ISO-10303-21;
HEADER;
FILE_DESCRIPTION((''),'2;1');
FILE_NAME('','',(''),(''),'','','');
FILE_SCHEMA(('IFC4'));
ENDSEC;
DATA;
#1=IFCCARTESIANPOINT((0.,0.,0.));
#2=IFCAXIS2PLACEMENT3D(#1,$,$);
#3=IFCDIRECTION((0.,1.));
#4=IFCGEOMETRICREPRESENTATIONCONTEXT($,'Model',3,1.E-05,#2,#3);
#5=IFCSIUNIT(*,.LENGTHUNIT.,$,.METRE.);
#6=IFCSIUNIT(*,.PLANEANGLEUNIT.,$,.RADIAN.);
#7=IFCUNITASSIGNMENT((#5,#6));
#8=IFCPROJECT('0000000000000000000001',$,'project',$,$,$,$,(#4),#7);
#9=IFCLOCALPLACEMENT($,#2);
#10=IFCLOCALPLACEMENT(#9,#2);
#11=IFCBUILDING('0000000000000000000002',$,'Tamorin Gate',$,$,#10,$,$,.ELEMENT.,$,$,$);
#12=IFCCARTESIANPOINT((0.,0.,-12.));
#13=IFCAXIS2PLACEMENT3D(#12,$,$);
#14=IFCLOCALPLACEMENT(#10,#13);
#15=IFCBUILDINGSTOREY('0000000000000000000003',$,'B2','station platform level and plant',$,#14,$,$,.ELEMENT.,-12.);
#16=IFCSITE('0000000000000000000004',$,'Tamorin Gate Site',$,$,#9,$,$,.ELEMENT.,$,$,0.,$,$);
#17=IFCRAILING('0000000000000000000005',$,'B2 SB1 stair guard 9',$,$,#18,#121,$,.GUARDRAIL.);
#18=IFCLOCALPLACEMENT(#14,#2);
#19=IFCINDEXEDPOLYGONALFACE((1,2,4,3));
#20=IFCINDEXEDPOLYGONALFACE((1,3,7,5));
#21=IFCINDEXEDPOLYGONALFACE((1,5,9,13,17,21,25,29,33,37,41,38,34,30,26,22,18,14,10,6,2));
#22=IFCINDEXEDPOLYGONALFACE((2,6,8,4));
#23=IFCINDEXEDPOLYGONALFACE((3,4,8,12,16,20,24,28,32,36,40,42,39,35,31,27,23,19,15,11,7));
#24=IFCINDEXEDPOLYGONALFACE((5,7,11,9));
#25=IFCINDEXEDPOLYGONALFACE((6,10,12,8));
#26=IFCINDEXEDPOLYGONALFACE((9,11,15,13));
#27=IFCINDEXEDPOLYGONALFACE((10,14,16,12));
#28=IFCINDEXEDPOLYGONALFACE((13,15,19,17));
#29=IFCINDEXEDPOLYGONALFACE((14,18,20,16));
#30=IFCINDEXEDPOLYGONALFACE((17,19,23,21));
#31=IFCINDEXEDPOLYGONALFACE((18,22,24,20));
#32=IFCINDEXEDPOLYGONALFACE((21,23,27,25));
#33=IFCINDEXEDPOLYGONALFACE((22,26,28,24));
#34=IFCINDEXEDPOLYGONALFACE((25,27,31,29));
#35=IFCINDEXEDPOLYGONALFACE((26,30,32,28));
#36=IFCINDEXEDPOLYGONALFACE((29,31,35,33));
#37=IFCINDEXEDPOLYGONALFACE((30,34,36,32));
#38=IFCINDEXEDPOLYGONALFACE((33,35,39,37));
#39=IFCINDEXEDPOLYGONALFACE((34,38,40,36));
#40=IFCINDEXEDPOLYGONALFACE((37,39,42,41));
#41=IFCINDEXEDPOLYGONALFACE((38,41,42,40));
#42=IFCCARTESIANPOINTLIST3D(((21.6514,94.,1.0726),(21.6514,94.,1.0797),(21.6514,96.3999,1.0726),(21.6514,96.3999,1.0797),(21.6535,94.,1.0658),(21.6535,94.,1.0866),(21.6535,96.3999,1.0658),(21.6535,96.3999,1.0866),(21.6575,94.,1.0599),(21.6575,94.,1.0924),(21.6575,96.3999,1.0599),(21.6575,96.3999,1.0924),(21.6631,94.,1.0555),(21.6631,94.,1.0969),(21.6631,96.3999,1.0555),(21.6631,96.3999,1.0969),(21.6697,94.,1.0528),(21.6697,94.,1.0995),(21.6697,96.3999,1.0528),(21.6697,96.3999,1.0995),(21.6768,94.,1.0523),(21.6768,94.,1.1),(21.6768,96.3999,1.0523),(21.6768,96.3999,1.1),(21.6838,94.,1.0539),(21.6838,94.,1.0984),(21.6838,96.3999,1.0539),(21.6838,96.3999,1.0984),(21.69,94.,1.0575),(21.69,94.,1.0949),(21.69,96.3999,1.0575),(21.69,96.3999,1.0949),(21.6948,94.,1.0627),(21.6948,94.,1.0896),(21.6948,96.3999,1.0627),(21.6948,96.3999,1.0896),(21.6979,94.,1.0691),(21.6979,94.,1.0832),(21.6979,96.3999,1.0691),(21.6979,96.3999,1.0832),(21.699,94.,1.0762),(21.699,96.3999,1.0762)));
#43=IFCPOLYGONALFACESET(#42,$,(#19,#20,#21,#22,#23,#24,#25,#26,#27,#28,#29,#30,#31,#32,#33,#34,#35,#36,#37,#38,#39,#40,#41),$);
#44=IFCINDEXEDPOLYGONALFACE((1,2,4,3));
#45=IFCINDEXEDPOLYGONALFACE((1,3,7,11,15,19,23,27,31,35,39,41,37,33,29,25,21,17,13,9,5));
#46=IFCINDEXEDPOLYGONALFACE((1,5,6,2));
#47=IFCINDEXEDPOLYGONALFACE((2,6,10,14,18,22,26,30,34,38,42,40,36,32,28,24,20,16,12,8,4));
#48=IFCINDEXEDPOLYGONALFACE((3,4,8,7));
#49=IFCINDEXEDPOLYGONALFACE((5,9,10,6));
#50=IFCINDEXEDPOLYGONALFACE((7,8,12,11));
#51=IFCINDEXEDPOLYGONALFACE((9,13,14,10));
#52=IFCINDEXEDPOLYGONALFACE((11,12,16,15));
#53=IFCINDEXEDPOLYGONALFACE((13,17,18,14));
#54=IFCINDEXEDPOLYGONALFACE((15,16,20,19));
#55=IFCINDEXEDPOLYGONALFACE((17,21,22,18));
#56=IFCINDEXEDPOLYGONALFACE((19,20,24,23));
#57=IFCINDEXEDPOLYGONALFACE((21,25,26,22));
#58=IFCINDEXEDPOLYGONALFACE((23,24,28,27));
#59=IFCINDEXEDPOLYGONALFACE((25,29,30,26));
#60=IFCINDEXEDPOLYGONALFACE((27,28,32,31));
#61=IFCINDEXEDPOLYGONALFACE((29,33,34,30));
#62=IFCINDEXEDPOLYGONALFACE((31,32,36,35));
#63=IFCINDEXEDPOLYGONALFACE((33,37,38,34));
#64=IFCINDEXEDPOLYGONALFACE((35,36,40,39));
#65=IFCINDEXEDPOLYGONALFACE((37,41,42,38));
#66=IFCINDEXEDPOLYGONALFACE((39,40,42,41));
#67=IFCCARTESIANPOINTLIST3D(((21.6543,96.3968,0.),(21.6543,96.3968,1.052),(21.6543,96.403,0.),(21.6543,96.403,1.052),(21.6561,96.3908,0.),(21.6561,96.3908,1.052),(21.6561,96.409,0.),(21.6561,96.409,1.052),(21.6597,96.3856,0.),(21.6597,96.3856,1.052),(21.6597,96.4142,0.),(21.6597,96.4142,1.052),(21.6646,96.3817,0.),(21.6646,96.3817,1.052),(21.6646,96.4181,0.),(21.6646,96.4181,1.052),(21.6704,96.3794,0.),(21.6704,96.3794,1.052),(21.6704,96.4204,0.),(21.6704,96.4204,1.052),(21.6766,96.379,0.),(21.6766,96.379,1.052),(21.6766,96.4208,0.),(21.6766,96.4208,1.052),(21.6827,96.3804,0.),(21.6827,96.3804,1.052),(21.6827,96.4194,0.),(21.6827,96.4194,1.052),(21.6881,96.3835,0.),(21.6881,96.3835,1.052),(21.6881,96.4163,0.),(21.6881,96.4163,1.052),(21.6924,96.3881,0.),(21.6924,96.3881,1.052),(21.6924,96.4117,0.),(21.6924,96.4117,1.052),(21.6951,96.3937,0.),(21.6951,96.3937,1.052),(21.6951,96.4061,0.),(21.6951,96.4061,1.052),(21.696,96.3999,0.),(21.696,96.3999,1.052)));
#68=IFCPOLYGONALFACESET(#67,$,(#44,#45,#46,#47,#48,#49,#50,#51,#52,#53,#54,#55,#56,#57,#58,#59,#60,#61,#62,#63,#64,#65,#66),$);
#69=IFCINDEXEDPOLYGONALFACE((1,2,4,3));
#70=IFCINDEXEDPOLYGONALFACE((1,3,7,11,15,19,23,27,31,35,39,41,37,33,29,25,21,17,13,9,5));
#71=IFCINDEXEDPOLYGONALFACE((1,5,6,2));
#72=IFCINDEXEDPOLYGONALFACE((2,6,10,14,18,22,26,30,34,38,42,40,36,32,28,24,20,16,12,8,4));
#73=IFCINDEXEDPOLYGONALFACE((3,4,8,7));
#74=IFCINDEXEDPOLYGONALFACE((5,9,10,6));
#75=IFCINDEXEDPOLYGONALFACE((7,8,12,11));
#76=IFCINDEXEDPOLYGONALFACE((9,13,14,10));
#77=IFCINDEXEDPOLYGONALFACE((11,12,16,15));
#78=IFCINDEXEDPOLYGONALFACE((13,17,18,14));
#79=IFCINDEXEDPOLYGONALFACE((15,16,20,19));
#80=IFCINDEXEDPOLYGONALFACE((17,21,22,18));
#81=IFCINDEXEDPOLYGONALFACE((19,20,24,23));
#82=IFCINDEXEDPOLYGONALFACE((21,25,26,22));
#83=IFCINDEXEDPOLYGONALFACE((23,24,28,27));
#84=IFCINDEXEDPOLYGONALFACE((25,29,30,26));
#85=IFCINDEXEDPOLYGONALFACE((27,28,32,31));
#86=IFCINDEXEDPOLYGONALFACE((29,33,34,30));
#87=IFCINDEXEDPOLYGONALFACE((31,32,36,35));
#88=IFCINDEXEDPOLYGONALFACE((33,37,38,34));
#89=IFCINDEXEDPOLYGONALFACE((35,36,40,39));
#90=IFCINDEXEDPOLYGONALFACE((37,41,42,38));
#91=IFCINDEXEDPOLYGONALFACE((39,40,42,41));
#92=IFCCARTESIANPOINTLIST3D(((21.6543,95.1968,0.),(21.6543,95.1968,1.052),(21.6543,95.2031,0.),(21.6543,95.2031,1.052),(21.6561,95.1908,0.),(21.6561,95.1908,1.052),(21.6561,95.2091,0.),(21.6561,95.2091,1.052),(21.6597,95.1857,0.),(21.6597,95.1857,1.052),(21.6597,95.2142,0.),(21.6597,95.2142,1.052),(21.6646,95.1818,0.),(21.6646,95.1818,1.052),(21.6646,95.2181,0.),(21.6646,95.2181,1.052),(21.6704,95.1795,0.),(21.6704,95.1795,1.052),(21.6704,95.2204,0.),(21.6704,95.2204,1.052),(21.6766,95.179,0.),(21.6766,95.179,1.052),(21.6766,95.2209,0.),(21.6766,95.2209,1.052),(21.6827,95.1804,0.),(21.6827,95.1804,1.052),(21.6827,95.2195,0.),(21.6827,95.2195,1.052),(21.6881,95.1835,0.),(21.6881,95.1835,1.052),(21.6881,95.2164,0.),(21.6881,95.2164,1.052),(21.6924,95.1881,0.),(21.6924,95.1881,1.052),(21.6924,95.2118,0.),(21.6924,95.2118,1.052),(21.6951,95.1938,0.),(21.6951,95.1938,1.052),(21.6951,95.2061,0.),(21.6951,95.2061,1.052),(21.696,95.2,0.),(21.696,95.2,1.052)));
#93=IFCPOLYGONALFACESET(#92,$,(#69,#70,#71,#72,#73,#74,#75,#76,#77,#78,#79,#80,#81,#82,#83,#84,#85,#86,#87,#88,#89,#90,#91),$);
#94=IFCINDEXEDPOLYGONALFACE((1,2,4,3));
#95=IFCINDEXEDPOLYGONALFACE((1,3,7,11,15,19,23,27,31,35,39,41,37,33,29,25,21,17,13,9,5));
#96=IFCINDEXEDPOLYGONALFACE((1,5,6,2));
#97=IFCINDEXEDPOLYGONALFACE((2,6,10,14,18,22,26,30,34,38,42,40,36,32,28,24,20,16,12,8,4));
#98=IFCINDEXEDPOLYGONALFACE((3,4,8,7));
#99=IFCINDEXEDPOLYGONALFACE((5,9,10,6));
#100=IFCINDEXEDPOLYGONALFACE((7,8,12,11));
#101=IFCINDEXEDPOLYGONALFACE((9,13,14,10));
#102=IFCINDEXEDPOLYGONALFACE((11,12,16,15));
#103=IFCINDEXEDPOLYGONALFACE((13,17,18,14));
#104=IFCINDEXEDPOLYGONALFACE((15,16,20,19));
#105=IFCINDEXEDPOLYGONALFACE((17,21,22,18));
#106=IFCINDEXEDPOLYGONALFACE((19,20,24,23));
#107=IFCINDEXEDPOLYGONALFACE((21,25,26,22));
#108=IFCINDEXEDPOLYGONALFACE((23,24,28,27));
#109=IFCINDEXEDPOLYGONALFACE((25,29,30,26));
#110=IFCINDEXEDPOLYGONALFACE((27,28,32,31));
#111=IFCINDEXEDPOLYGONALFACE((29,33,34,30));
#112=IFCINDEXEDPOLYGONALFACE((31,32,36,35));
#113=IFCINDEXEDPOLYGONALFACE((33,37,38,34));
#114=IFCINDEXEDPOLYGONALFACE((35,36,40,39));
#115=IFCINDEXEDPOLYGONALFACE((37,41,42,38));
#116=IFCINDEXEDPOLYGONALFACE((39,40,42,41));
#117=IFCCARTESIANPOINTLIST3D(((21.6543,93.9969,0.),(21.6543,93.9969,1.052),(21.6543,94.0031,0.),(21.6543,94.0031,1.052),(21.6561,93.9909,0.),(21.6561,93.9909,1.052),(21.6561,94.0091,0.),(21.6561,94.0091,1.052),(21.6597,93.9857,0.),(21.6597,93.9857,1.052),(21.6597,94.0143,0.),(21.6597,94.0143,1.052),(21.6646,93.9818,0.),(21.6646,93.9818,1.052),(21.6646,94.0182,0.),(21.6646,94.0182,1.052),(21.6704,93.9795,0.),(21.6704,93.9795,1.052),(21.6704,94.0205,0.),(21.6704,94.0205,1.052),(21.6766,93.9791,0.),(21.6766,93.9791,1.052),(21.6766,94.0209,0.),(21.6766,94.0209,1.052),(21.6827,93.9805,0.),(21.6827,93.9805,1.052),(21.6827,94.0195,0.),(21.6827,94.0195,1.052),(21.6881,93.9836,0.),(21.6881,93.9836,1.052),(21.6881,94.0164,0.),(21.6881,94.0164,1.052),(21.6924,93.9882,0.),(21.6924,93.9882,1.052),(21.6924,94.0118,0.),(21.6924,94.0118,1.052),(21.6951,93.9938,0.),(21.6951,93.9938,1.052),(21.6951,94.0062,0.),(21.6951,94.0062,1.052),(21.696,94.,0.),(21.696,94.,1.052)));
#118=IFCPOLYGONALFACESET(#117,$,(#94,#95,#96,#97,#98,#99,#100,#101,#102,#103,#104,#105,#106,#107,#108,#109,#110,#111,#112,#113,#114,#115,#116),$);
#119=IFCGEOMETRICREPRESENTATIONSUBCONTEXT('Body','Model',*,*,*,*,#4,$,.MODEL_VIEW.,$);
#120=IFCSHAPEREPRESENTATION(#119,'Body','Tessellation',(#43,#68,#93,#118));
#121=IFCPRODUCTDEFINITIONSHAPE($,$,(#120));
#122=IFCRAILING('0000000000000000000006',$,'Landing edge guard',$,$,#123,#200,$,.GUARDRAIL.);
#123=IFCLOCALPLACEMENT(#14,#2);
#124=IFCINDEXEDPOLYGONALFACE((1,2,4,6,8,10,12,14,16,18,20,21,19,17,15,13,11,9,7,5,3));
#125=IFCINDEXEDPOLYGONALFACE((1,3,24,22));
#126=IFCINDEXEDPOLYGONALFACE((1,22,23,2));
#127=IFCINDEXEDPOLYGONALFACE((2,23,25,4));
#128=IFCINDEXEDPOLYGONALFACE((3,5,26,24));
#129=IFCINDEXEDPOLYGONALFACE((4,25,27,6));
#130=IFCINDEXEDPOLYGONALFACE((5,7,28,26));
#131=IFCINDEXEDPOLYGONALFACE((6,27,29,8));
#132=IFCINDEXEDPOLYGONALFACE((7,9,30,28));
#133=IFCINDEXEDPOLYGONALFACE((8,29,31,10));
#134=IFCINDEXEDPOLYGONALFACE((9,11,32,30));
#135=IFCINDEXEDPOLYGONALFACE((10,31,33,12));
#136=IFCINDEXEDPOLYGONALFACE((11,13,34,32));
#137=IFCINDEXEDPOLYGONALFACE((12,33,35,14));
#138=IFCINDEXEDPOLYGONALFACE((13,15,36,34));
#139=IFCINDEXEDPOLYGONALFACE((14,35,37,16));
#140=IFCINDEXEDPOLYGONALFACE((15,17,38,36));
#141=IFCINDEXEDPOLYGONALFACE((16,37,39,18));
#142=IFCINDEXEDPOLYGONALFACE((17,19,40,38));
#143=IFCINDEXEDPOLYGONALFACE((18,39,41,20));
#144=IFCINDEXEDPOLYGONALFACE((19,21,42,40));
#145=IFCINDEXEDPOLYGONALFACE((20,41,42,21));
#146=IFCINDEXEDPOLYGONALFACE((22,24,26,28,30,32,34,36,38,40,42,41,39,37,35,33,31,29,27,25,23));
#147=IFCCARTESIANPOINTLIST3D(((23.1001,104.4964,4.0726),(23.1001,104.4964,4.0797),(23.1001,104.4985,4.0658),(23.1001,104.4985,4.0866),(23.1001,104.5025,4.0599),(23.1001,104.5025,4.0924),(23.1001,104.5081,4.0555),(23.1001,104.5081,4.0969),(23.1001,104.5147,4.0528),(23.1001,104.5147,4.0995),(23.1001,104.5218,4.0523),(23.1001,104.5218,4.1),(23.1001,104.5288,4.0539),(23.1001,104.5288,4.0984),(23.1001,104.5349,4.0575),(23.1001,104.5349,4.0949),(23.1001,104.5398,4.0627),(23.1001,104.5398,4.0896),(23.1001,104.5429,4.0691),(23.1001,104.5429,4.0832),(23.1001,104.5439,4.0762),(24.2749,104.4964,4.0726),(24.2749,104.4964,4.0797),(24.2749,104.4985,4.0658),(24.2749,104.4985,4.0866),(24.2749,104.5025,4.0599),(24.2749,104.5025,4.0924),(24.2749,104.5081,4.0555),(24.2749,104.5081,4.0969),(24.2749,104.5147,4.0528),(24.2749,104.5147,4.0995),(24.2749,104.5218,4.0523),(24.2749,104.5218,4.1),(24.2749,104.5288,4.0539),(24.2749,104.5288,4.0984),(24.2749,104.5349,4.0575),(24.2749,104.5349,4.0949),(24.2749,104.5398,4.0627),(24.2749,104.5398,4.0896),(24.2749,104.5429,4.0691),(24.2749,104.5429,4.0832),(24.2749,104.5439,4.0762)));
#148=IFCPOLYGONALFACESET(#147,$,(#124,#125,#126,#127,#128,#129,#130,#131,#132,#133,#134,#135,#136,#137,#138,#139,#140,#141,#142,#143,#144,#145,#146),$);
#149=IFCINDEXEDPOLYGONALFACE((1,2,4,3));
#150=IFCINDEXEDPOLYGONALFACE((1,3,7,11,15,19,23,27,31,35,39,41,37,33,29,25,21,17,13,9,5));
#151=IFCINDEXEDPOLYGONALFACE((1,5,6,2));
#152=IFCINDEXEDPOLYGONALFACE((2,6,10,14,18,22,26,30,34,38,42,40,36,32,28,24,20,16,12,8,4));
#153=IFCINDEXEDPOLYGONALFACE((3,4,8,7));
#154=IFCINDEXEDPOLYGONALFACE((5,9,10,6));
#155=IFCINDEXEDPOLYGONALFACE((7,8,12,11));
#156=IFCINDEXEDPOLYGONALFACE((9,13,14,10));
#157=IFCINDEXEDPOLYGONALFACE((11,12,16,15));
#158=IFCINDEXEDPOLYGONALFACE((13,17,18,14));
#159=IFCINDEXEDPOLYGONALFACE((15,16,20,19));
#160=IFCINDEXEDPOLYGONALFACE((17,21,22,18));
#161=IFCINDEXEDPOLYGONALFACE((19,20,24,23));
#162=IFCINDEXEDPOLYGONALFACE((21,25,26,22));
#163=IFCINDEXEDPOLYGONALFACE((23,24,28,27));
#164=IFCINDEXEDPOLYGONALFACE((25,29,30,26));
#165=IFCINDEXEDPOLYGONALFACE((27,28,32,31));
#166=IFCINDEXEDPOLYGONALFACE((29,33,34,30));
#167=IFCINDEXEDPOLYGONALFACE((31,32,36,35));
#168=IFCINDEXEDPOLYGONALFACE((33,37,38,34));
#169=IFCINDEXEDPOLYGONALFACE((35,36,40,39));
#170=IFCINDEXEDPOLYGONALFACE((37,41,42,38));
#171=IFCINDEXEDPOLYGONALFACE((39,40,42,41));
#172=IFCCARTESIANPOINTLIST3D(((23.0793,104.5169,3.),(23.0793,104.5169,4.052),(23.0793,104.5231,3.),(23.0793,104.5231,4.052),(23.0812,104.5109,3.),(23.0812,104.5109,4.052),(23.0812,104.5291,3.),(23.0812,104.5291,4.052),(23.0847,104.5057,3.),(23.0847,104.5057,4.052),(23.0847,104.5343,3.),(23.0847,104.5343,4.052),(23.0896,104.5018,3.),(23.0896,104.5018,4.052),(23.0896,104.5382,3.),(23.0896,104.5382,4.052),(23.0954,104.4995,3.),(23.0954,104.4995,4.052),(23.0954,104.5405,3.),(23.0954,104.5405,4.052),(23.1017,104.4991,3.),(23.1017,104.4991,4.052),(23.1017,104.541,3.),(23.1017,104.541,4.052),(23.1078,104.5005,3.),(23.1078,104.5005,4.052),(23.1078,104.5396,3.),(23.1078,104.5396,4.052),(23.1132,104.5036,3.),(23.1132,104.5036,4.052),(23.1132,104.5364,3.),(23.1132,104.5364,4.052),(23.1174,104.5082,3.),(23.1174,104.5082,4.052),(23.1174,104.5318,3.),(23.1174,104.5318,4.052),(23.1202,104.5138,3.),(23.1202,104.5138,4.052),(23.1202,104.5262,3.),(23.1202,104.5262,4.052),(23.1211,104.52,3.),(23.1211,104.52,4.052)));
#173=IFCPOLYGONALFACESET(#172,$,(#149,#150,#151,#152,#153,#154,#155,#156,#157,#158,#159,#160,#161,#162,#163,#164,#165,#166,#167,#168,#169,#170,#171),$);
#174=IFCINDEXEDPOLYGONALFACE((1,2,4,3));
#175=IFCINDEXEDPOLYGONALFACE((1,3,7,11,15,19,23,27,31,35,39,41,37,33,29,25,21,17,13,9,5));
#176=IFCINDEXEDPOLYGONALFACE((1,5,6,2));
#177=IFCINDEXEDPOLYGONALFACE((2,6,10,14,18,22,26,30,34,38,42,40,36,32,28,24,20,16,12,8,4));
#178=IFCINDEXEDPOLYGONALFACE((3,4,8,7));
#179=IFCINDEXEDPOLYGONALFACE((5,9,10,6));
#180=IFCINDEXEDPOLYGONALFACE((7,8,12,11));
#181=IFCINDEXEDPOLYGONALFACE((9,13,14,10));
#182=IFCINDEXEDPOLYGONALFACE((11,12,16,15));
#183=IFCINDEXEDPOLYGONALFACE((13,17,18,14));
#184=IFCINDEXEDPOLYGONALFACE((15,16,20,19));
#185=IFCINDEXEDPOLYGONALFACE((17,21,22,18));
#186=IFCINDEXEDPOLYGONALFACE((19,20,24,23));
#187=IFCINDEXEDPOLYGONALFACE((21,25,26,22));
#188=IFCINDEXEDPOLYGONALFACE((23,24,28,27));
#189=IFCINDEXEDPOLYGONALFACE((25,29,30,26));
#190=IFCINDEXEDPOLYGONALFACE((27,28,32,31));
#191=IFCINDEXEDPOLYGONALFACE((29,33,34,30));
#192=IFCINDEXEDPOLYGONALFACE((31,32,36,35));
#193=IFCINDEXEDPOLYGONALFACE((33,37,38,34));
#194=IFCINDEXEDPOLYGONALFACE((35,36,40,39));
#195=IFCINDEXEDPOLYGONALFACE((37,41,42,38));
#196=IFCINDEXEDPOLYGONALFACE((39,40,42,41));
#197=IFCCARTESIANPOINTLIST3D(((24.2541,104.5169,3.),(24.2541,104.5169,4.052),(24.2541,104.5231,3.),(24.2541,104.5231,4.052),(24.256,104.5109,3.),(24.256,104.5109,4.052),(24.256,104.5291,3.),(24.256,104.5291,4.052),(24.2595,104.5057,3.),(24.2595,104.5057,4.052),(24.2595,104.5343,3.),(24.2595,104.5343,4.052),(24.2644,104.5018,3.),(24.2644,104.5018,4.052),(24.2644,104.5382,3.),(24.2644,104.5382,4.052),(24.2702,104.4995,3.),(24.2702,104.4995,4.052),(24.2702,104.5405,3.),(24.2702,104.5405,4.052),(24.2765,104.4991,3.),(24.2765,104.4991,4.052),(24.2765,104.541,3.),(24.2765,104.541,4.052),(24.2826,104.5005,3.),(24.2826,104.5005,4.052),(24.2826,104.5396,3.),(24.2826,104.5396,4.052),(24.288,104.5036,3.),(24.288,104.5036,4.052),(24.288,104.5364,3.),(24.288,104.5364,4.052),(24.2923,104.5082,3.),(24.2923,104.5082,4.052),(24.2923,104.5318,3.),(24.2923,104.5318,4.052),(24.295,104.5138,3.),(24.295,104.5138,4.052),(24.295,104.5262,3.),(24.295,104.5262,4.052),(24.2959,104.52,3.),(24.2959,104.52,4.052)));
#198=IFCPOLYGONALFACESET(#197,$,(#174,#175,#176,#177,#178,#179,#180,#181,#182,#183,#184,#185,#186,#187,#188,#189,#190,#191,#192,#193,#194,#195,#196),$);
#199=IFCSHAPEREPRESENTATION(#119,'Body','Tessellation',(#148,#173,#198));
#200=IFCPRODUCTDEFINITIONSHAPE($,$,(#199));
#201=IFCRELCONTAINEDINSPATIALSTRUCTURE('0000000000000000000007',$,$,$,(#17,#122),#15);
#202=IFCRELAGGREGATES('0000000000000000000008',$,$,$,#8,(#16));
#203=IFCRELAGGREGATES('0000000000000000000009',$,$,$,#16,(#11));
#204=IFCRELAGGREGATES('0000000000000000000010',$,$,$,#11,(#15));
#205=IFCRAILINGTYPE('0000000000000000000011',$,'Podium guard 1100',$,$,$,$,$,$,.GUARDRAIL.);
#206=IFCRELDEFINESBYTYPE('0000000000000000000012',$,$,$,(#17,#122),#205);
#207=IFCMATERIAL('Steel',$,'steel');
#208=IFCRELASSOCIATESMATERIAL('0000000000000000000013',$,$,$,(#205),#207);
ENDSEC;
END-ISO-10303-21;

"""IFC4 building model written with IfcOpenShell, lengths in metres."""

from ifc_helpers import new_model, si_unit, direction, frame, origin, origin_2d, place, context, subcontext, project, spatial, circle, extrude, material, type_object, element, save


model = new_model("IFC4")

# Units and contexts
model_context = context("Model", 3, precision=1e-05, world=origin(), true_north=direction((0.0, 1.0)))
body_context = subcontext(model_context, "Body", "Model", "MODEL_VIEW")
ifc_project = project(units=[si_unit("LENGTHUNIT", "METRE"), si_unit("PLANEANGLEUNIT", "RADIAN")], contexts=[model_context])

# Site, building, storey
site_placement = place(None, origin())
site = spatial("IfcSite", under=ifc_project, at=site_placement, Name="Tamorin Gate Site", CompositionType="ELEMENT", RefElevation=0.0)
building_placement = place(site_placement, origin())
building = spatial("IfcBuilding", under=site, at=building_placement, Name="Tamorin Gate", CompositionType="ELEMENT")
storey_placement = place(building_placement, frame((0.0, 0.0, -12.0)))
storey = spatial("IfcBuildingStorey", under=building, at=storey_placement, Name="B2", Description="station platform level and plant", CompositionType="ELEMENT", Elevation=-12.0)

# Railings
ifc_material_1 = material(Name="Steel", Category="steel")
railing_type = type_object("IfcRailingType", Name="Podium guard 1100", PredefinedType="GUARDRAIL", material=ifc_material_1)
for number, where, name in (
    (1, (21.675, 96.3999, 0.0), "B2 SB1 stair guard 9"),
):
    element("IfcRailing", number, at=place(storey_placement, frame(where)), inside=storey, type_object=railing_type, Name=name, PredefinedType="GUARDRAIL", context=body_context, shape_type="SweptSolid", body=[
        extrude(circle(Radius=0.0239, at=origin_2d()), frame((0.0, 0.0, 1.0762), z_axis=(0.0, -1.0, 0.0), x_axis=(1.0, 0.0, 0.0)), (0.0, 0.0, 1.0), 2.3999),
        extrude(circle(Radius=0.021, at=origin_2d()), origin(), (0.0, 0.0, 1.0), 1.052),
        extrude(circle(Radius=0.021, at=origin_2d()), frame((0.0, -1.2, 0.0)), (0.0, 0.0, 1.0), 1.052),
        extrude(circle(Radius=0.021, at=origin_2d()), frame((0.0, -2.3999, 0.0)), (0.0, 0.0, 1.0), 1.052),
    ])
railing_placement = place(storey_placement, frame((23.1001, 104.52, 3.0)))
element("IfcRailing", 2, at=railing_placement, inside=storey, type_object=railing_type, Name="Landing edge guard", PredefinedType="GUARDRAIL", context=body_context, shape_type="SweptSolid", body=[
    extrude(circle(Radius=0.0239, at=origin_2d()), frame((0.0, 0.0, 1.0762), z_axis=(1.0, 0.0, 0.0), x_axis=(0.0, 1.0, 0.0)), (0.0, 0.0, 1.0), 1.1748),
    extrude(circle(Radius=0.021, at=origin_2d()), origin(), (0.0, 0.0, 1.0), 1.052),
    extrude(circle(Radius=0.021, at=origin_2d()), frame((1.1748, 0.0, 0.0)), (0.0, 0.0, 1.0), 1.052),
])

save(model, "model.ifc")
